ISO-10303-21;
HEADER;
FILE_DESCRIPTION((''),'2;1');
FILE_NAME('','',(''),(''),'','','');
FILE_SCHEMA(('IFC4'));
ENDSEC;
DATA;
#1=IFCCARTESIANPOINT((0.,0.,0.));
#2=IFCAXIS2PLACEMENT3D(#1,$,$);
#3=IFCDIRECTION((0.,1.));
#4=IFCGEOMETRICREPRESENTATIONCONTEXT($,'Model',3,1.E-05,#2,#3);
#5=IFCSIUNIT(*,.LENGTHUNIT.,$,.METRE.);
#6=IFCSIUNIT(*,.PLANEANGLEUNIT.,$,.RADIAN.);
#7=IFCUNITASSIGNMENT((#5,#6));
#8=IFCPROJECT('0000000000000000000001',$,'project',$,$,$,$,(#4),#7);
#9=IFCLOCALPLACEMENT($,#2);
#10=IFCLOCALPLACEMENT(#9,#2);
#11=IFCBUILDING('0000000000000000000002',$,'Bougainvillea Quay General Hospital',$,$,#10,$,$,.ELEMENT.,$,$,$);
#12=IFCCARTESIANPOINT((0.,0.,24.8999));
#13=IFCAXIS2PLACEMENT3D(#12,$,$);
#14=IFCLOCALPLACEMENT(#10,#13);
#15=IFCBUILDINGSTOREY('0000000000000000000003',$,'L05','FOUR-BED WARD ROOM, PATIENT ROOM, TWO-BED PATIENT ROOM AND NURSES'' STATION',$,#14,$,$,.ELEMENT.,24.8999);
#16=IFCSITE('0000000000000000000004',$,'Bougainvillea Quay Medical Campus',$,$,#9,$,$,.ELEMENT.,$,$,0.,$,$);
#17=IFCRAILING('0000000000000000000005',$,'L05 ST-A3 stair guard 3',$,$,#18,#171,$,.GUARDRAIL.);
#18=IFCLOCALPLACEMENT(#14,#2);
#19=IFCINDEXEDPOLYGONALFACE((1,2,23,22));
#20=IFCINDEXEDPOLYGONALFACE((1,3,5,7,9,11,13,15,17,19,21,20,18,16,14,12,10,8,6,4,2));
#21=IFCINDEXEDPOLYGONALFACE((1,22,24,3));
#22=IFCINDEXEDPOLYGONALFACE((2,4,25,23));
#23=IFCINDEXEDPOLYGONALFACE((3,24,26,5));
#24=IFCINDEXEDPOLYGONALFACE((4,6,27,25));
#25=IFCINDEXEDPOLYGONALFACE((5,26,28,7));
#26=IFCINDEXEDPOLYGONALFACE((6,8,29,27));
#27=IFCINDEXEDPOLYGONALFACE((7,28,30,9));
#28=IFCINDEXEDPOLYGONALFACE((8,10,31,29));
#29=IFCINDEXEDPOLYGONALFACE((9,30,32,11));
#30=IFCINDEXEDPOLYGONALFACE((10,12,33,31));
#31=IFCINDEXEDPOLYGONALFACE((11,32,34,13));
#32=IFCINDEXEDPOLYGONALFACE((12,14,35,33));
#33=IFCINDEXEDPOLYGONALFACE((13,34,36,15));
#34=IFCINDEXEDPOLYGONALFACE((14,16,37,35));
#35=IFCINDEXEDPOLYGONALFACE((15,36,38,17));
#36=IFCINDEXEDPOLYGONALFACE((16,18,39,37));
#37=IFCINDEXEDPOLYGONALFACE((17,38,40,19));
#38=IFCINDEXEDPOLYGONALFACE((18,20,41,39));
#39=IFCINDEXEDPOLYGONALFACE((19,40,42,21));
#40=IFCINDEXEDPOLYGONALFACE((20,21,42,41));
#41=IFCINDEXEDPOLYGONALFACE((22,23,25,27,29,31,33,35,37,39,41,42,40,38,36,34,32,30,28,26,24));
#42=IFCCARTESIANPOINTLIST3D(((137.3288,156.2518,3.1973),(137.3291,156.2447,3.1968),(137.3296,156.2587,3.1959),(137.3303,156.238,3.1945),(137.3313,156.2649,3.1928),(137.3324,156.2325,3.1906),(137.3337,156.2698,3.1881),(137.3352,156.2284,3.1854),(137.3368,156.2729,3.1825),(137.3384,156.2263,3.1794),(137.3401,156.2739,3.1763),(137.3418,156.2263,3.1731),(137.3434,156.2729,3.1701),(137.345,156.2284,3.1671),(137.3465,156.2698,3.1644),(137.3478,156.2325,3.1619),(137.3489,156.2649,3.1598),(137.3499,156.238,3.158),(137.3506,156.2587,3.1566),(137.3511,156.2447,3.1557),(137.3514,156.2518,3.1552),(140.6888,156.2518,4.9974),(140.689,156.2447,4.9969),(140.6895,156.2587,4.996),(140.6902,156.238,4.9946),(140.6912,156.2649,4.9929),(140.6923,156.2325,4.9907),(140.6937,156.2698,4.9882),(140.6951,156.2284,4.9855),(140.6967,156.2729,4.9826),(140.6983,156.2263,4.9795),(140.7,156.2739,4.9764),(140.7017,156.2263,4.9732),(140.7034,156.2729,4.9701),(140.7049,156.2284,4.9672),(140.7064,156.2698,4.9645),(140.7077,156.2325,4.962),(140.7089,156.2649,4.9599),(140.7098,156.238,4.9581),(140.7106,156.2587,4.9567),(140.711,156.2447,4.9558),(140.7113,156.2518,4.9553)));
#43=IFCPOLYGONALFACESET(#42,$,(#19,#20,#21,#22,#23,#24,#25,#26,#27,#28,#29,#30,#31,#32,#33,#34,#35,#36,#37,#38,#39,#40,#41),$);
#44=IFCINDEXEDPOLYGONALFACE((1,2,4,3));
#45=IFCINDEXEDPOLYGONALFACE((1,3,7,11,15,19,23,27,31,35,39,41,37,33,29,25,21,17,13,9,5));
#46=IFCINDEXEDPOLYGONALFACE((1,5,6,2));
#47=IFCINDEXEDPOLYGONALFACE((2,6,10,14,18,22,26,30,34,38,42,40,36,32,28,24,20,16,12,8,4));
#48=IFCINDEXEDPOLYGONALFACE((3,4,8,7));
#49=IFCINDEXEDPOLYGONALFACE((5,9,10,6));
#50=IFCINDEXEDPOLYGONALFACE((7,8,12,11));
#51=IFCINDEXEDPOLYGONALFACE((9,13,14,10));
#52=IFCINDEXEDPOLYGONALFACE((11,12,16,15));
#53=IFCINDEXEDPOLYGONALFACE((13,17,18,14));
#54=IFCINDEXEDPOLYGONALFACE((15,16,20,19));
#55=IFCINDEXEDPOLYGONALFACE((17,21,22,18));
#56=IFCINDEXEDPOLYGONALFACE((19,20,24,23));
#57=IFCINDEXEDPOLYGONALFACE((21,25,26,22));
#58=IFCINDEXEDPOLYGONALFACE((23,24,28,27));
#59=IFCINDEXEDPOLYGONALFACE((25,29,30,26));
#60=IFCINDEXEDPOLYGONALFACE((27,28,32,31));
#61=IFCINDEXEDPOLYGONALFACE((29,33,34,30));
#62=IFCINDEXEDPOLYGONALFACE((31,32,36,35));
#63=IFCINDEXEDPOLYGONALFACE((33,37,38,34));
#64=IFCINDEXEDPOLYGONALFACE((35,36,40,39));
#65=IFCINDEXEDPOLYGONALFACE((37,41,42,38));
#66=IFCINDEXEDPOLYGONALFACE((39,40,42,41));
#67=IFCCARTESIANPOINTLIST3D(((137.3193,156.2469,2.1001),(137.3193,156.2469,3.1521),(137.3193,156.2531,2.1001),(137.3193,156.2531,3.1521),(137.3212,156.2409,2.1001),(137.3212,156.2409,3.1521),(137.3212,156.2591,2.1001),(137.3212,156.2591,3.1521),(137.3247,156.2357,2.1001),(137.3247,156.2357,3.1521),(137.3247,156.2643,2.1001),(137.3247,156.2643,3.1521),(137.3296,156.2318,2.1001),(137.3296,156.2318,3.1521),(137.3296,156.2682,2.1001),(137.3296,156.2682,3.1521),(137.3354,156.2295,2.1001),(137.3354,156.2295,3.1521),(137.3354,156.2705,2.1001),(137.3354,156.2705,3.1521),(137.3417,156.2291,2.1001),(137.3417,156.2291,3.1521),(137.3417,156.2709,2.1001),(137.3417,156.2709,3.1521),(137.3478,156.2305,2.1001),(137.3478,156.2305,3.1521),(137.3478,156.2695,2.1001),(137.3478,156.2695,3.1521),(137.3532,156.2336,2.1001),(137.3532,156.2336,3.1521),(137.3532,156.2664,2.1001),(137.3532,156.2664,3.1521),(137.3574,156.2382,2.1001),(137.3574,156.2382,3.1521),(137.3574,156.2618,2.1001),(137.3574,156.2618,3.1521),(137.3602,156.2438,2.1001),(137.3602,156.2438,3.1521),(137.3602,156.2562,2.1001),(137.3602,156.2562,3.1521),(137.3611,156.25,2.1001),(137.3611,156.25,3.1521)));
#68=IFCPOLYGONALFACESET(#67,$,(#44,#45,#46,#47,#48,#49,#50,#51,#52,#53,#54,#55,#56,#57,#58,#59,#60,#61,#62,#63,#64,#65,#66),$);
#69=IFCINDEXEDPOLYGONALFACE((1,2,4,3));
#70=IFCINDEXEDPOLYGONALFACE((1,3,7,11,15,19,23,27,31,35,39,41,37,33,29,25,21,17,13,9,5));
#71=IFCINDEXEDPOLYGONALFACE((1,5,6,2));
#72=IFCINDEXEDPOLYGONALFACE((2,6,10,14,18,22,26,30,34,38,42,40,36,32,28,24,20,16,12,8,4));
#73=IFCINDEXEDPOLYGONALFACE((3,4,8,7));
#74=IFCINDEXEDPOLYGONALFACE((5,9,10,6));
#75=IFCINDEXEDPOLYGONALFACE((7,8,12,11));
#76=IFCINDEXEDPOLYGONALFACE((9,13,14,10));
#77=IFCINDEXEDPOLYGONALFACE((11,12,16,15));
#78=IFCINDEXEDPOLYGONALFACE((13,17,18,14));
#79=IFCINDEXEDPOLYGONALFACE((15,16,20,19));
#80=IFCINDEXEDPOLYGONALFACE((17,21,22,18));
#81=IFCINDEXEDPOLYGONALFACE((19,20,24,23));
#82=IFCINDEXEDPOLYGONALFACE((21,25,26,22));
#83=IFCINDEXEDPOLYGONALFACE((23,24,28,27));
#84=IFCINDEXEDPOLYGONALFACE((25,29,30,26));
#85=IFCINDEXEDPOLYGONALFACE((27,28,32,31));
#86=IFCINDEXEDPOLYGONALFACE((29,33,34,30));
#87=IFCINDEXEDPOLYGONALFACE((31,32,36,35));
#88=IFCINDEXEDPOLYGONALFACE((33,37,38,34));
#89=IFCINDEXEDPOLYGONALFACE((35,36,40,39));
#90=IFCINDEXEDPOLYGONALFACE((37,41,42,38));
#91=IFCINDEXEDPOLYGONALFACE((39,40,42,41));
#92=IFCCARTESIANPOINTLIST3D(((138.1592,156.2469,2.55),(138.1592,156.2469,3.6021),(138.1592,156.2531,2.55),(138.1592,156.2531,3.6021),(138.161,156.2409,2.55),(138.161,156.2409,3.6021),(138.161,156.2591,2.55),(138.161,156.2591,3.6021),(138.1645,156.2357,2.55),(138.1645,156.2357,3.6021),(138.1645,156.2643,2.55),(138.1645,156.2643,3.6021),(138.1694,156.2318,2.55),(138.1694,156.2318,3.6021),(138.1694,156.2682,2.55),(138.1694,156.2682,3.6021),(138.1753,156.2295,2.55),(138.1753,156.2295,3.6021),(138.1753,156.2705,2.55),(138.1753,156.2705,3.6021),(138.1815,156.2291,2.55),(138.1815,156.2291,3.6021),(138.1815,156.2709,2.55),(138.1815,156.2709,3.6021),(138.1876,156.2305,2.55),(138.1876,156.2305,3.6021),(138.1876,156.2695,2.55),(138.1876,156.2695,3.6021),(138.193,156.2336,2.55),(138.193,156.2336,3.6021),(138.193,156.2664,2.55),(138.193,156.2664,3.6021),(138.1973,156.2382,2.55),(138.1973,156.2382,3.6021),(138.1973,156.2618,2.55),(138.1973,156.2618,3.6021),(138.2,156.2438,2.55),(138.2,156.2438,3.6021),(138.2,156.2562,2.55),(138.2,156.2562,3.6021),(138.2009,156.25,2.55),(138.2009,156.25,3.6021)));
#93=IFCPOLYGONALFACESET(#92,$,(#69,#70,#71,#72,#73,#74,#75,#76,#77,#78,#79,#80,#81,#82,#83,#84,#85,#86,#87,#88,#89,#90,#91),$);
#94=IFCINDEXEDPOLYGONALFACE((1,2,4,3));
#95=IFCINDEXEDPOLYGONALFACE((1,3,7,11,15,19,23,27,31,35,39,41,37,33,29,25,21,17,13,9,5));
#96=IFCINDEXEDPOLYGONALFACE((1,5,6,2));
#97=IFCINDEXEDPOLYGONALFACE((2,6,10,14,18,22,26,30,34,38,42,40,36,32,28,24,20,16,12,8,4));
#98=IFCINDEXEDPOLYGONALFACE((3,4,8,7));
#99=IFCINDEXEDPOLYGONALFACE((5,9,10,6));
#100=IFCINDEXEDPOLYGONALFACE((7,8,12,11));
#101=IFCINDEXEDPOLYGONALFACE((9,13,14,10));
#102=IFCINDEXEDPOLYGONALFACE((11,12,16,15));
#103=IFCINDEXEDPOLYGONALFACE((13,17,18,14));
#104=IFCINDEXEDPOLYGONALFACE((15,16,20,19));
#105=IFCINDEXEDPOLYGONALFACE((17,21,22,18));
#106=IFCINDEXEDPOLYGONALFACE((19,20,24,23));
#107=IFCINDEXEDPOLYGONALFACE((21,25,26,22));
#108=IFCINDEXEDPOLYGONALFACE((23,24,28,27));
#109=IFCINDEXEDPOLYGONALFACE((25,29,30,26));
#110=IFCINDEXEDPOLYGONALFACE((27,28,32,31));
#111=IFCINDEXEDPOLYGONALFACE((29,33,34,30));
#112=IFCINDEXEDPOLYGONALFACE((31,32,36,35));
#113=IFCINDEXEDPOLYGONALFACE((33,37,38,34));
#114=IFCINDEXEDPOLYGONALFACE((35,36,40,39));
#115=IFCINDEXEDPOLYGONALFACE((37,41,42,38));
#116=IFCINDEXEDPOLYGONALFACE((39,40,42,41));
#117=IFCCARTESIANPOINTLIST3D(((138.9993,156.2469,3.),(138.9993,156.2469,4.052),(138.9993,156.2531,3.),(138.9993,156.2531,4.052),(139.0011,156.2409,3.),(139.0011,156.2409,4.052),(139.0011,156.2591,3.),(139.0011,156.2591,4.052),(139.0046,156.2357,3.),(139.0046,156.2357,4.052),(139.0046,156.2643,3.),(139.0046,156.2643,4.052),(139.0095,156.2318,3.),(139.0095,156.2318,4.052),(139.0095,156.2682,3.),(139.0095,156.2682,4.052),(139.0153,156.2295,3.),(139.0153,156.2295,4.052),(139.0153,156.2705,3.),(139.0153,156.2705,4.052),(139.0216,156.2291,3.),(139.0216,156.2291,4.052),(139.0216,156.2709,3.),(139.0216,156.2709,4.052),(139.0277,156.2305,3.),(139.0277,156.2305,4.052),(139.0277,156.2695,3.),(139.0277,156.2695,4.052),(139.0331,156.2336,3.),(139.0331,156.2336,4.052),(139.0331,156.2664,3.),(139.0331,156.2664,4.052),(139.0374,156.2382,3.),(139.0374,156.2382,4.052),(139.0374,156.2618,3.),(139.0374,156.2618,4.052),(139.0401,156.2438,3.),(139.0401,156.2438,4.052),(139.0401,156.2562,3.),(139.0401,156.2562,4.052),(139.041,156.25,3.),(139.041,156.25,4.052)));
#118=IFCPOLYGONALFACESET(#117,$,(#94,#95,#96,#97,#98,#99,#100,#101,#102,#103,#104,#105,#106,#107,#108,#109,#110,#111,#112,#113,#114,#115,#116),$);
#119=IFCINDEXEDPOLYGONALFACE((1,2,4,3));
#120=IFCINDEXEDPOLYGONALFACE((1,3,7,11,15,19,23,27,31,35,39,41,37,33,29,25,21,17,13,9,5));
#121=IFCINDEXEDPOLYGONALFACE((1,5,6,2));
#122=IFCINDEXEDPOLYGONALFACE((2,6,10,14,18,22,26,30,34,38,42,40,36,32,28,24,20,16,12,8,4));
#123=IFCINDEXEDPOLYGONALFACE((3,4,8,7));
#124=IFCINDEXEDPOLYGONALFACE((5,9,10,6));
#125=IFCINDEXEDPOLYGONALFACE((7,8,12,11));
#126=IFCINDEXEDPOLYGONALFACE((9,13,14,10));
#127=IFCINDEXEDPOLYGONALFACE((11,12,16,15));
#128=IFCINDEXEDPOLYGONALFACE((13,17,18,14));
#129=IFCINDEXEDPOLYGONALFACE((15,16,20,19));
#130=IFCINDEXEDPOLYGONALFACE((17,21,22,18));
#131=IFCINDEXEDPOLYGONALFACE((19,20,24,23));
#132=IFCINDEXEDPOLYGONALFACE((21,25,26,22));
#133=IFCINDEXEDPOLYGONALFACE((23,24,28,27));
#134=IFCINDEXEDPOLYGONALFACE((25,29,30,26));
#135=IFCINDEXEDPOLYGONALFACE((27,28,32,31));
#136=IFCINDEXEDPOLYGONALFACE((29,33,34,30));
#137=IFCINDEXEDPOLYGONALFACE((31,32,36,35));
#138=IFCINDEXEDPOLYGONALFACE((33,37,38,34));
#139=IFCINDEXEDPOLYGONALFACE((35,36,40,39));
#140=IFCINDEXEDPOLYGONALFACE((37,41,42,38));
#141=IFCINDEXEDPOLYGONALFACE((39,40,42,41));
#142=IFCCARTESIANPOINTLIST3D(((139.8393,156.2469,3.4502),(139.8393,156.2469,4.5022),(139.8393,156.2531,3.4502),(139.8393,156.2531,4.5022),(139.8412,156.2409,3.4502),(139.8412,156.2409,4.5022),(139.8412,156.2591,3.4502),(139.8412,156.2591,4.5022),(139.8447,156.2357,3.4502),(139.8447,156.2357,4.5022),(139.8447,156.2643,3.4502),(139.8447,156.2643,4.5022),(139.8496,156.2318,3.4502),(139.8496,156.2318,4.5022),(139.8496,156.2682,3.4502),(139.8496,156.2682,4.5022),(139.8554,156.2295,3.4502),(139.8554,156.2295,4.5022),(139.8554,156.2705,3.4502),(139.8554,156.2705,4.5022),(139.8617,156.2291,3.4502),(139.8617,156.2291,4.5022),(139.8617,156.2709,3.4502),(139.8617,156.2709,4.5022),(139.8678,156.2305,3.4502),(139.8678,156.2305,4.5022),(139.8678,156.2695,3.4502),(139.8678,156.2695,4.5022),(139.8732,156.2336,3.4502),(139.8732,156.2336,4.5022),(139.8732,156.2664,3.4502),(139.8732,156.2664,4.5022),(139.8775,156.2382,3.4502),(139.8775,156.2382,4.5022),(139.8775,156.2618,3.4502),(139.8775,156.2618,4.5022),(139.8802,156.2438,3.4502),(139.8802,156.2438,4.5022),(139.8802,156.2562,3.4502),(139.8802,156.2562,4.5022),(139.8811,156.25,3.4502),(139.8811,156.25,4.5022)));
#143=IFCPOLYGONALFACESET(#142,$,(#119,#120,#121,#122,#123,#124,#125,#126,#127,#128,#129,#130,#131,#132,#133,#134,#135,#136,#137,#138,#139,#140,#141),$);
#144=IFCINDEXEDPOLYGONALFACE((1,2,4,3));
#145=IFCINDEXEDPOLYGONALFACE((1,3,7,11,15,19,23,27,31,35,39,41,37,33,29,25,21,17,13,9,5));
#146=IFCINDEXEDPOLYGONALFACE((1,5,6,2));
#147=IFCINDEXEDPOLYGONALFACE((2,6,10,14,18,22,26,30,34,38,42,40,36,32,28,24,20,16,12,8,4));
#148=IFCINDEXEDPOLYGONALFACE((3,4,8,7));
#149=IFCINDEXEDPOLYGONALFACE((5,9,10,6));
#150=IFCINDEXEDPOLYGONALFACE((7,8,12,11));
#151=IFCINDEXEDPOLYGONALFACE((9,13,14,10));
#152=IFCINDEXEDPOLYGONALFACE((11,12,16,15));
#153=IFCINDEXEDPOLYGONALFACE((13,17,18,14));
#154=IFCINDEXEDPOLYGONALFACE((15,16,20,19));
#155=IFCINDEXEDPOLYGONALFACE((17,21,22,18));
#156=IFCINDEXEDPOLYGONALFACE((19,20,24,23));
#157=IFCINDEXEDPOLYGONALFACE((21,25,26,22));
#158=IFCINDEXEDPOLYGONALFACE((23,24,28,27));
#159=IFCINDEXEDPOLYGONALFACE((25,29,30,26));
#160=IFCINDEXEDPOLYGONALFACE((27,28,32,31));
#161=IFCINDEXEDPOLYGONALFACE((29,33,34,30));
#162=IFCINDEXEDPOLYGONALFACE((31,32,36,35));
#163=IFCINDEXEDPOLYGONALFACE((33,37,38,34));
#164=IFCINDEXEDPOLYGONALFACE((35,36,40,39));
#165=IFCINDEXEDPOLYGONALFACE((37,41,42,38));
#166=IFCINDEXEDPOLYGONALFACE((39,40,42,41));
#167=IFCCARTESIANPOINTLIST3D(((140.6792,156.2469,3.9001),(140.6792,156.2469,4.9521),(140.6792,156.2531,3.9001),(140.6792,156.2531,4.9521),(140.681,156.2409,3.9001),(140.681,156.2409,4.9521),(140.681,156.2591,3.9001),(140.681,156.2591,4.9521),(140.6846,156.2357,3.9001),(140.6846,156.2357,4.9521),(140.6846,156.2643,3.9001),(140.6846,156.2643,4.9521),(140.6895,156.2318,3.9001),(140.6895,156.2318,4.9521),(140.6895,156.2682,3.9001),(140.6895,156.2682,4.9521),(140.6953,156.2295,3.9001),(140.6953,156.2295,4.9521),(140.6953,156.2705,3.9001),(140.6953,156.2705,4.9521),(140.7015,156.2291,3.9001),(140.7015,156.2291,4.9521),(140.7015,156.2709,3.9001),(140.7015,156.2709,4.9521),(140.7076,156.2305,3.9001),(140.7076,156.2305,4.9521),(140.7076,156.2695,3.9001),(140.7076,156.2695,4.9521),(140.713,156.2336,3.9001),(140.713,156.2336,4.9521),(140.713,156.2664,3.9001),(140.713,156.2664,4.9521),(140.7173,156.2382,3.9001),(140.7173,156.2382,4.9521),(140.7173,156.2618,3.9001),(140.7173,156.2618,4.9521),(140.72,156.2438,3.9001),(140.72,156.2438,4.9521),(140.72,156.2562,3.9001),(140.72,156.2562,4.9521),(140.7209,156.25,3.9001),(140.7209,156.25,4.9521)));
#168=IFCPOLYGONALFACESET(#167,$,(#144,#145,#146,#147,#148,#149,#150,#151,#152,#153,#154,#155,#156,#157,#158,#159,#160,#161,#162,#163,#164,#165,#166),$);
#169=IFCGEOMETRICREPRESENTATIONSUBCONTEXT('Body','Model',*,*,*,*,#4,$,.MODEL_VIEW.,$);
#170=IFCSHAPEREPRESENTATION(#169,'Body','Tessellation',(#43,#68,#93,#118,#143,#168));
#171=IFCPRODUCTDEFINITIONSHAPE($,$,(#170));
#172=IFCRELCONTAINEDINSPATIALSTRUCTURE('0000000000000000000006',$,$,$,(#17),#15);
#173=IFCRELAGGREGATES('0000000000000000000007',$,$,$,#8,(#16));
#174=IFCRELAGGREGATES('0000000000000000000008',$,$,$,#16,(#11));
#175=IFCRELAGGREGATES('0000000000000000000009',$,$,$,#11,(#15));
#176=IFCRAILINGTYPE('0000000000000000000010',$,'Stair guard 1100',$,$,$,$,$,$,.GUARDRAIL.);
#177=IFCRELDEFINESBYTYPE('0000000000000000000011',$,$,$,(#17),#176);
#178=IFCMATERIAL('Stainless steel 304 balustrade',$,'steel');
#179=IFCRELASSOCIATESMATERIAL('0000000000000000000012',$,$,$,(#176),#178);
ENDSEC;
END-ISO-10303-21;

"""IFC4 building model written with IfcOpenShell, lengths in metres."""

from ifc_helpers import new_model, si_unit, direction, frame, origin, origin_2d, place, context, subcontext, project, spatial, circle, extrude, material, type_object, element, save


model = new_model("IFC4")

# Units and contexts
model_context = context("Model", 3, precision=1e-05, world=origin(), true_north=direction((0.0, 1.0)))
body_context = subcontext(model_context, "Body", "Model", "MODEL_VIEW")
ifc_project = project(units=[si_unit("LENGTHUNIT", "METRE"), si_unit("PLANEANGLEUNIT", "RADIAN")], contexts=[model_context])

# Site, building, storey
site_placement = place(None, origin())
site = spatial("IfcSite", under=ifc_project, at=site_placement, Name="Bougainvillea Quay Medical Campus", CompositionType="ELEMENT", RefElevation=0.0)
building_placement = place(site_placement, origin())
building = spatial("IfcBuilding", under=site, at=building_placement, Name="Bougainvillea Quay General Hospital", CompositionType="ELEMENT")
storey_placement = place(building_placement, frame((0.0, 0.0, 24.8999)))
storey = spatial("IfcBuildingStorey", under=building, at=storey_placement, Name="L05", Description="FOUR-BED WARD ROOM, PATIENT ROOM, TWO-BED PATIENT ROOM AND NURSES' STATION", CompositionType="ELEMENT", Elevation=24.8999)

# Railing
ifc_material_1 = material(Name="Stainless steel 304 balustrade", Category="steel")
railing_type_1 = type_object("IfcRailingType", Name="Stair guard 1100", PredefinedType="GUARDRAIL", material=ifc_material_1)
railing_1_placement = place(storey_placement, frame((137.3401, 156.25, 2.1001)))
element("IfcRailing", 1, at=railing_1_placement, inside=storey, type_object=railing_type_1, Name="L05 ST-A3 stair guard 3", PredefinedType="GUARDRAIL", context=body_context, shape_type="SweptSolid", body=[
    extrude(circle(Radius=0.0239, at=origin_2d()), frame((0.0, 0.0, 1.0762), z_axis=(0.881467, 0.0, 0.472246), x_axis=(0.0, 1.0, 0.0)), (0.0, 0.0, 1.0), 3.8118),
    extrude(circle(Radius=0.021, at=origin_2d()), origin(), (0.0, 0.0, 1.0), 1.052),
    extrude(circle(Radius=0.021, at=origin_2d()), frame((0.8398, 0.0, 0.45)), (0.0, 0.0, 1.0), 1.052),
    extrude(circle(Radius=0.021, at=origin_2d()), frame((1.6799, 0.0, 0.8999)), (0.0, 0.0, 1.0), 1.052),
    extrude(circle(Radius=0.021, at=origin_2d()), frame((2.52, 0.0, 1.3501)), (0.0, 0.0, 1.0), 1.052),
    extrude(circle(Radius=0.021, at=origin_2d()), frame((3.3599, 0.0, 1.8)), (0.0, 0.0, 1.0), 1.052),
])

save(model, "model.ifc")
